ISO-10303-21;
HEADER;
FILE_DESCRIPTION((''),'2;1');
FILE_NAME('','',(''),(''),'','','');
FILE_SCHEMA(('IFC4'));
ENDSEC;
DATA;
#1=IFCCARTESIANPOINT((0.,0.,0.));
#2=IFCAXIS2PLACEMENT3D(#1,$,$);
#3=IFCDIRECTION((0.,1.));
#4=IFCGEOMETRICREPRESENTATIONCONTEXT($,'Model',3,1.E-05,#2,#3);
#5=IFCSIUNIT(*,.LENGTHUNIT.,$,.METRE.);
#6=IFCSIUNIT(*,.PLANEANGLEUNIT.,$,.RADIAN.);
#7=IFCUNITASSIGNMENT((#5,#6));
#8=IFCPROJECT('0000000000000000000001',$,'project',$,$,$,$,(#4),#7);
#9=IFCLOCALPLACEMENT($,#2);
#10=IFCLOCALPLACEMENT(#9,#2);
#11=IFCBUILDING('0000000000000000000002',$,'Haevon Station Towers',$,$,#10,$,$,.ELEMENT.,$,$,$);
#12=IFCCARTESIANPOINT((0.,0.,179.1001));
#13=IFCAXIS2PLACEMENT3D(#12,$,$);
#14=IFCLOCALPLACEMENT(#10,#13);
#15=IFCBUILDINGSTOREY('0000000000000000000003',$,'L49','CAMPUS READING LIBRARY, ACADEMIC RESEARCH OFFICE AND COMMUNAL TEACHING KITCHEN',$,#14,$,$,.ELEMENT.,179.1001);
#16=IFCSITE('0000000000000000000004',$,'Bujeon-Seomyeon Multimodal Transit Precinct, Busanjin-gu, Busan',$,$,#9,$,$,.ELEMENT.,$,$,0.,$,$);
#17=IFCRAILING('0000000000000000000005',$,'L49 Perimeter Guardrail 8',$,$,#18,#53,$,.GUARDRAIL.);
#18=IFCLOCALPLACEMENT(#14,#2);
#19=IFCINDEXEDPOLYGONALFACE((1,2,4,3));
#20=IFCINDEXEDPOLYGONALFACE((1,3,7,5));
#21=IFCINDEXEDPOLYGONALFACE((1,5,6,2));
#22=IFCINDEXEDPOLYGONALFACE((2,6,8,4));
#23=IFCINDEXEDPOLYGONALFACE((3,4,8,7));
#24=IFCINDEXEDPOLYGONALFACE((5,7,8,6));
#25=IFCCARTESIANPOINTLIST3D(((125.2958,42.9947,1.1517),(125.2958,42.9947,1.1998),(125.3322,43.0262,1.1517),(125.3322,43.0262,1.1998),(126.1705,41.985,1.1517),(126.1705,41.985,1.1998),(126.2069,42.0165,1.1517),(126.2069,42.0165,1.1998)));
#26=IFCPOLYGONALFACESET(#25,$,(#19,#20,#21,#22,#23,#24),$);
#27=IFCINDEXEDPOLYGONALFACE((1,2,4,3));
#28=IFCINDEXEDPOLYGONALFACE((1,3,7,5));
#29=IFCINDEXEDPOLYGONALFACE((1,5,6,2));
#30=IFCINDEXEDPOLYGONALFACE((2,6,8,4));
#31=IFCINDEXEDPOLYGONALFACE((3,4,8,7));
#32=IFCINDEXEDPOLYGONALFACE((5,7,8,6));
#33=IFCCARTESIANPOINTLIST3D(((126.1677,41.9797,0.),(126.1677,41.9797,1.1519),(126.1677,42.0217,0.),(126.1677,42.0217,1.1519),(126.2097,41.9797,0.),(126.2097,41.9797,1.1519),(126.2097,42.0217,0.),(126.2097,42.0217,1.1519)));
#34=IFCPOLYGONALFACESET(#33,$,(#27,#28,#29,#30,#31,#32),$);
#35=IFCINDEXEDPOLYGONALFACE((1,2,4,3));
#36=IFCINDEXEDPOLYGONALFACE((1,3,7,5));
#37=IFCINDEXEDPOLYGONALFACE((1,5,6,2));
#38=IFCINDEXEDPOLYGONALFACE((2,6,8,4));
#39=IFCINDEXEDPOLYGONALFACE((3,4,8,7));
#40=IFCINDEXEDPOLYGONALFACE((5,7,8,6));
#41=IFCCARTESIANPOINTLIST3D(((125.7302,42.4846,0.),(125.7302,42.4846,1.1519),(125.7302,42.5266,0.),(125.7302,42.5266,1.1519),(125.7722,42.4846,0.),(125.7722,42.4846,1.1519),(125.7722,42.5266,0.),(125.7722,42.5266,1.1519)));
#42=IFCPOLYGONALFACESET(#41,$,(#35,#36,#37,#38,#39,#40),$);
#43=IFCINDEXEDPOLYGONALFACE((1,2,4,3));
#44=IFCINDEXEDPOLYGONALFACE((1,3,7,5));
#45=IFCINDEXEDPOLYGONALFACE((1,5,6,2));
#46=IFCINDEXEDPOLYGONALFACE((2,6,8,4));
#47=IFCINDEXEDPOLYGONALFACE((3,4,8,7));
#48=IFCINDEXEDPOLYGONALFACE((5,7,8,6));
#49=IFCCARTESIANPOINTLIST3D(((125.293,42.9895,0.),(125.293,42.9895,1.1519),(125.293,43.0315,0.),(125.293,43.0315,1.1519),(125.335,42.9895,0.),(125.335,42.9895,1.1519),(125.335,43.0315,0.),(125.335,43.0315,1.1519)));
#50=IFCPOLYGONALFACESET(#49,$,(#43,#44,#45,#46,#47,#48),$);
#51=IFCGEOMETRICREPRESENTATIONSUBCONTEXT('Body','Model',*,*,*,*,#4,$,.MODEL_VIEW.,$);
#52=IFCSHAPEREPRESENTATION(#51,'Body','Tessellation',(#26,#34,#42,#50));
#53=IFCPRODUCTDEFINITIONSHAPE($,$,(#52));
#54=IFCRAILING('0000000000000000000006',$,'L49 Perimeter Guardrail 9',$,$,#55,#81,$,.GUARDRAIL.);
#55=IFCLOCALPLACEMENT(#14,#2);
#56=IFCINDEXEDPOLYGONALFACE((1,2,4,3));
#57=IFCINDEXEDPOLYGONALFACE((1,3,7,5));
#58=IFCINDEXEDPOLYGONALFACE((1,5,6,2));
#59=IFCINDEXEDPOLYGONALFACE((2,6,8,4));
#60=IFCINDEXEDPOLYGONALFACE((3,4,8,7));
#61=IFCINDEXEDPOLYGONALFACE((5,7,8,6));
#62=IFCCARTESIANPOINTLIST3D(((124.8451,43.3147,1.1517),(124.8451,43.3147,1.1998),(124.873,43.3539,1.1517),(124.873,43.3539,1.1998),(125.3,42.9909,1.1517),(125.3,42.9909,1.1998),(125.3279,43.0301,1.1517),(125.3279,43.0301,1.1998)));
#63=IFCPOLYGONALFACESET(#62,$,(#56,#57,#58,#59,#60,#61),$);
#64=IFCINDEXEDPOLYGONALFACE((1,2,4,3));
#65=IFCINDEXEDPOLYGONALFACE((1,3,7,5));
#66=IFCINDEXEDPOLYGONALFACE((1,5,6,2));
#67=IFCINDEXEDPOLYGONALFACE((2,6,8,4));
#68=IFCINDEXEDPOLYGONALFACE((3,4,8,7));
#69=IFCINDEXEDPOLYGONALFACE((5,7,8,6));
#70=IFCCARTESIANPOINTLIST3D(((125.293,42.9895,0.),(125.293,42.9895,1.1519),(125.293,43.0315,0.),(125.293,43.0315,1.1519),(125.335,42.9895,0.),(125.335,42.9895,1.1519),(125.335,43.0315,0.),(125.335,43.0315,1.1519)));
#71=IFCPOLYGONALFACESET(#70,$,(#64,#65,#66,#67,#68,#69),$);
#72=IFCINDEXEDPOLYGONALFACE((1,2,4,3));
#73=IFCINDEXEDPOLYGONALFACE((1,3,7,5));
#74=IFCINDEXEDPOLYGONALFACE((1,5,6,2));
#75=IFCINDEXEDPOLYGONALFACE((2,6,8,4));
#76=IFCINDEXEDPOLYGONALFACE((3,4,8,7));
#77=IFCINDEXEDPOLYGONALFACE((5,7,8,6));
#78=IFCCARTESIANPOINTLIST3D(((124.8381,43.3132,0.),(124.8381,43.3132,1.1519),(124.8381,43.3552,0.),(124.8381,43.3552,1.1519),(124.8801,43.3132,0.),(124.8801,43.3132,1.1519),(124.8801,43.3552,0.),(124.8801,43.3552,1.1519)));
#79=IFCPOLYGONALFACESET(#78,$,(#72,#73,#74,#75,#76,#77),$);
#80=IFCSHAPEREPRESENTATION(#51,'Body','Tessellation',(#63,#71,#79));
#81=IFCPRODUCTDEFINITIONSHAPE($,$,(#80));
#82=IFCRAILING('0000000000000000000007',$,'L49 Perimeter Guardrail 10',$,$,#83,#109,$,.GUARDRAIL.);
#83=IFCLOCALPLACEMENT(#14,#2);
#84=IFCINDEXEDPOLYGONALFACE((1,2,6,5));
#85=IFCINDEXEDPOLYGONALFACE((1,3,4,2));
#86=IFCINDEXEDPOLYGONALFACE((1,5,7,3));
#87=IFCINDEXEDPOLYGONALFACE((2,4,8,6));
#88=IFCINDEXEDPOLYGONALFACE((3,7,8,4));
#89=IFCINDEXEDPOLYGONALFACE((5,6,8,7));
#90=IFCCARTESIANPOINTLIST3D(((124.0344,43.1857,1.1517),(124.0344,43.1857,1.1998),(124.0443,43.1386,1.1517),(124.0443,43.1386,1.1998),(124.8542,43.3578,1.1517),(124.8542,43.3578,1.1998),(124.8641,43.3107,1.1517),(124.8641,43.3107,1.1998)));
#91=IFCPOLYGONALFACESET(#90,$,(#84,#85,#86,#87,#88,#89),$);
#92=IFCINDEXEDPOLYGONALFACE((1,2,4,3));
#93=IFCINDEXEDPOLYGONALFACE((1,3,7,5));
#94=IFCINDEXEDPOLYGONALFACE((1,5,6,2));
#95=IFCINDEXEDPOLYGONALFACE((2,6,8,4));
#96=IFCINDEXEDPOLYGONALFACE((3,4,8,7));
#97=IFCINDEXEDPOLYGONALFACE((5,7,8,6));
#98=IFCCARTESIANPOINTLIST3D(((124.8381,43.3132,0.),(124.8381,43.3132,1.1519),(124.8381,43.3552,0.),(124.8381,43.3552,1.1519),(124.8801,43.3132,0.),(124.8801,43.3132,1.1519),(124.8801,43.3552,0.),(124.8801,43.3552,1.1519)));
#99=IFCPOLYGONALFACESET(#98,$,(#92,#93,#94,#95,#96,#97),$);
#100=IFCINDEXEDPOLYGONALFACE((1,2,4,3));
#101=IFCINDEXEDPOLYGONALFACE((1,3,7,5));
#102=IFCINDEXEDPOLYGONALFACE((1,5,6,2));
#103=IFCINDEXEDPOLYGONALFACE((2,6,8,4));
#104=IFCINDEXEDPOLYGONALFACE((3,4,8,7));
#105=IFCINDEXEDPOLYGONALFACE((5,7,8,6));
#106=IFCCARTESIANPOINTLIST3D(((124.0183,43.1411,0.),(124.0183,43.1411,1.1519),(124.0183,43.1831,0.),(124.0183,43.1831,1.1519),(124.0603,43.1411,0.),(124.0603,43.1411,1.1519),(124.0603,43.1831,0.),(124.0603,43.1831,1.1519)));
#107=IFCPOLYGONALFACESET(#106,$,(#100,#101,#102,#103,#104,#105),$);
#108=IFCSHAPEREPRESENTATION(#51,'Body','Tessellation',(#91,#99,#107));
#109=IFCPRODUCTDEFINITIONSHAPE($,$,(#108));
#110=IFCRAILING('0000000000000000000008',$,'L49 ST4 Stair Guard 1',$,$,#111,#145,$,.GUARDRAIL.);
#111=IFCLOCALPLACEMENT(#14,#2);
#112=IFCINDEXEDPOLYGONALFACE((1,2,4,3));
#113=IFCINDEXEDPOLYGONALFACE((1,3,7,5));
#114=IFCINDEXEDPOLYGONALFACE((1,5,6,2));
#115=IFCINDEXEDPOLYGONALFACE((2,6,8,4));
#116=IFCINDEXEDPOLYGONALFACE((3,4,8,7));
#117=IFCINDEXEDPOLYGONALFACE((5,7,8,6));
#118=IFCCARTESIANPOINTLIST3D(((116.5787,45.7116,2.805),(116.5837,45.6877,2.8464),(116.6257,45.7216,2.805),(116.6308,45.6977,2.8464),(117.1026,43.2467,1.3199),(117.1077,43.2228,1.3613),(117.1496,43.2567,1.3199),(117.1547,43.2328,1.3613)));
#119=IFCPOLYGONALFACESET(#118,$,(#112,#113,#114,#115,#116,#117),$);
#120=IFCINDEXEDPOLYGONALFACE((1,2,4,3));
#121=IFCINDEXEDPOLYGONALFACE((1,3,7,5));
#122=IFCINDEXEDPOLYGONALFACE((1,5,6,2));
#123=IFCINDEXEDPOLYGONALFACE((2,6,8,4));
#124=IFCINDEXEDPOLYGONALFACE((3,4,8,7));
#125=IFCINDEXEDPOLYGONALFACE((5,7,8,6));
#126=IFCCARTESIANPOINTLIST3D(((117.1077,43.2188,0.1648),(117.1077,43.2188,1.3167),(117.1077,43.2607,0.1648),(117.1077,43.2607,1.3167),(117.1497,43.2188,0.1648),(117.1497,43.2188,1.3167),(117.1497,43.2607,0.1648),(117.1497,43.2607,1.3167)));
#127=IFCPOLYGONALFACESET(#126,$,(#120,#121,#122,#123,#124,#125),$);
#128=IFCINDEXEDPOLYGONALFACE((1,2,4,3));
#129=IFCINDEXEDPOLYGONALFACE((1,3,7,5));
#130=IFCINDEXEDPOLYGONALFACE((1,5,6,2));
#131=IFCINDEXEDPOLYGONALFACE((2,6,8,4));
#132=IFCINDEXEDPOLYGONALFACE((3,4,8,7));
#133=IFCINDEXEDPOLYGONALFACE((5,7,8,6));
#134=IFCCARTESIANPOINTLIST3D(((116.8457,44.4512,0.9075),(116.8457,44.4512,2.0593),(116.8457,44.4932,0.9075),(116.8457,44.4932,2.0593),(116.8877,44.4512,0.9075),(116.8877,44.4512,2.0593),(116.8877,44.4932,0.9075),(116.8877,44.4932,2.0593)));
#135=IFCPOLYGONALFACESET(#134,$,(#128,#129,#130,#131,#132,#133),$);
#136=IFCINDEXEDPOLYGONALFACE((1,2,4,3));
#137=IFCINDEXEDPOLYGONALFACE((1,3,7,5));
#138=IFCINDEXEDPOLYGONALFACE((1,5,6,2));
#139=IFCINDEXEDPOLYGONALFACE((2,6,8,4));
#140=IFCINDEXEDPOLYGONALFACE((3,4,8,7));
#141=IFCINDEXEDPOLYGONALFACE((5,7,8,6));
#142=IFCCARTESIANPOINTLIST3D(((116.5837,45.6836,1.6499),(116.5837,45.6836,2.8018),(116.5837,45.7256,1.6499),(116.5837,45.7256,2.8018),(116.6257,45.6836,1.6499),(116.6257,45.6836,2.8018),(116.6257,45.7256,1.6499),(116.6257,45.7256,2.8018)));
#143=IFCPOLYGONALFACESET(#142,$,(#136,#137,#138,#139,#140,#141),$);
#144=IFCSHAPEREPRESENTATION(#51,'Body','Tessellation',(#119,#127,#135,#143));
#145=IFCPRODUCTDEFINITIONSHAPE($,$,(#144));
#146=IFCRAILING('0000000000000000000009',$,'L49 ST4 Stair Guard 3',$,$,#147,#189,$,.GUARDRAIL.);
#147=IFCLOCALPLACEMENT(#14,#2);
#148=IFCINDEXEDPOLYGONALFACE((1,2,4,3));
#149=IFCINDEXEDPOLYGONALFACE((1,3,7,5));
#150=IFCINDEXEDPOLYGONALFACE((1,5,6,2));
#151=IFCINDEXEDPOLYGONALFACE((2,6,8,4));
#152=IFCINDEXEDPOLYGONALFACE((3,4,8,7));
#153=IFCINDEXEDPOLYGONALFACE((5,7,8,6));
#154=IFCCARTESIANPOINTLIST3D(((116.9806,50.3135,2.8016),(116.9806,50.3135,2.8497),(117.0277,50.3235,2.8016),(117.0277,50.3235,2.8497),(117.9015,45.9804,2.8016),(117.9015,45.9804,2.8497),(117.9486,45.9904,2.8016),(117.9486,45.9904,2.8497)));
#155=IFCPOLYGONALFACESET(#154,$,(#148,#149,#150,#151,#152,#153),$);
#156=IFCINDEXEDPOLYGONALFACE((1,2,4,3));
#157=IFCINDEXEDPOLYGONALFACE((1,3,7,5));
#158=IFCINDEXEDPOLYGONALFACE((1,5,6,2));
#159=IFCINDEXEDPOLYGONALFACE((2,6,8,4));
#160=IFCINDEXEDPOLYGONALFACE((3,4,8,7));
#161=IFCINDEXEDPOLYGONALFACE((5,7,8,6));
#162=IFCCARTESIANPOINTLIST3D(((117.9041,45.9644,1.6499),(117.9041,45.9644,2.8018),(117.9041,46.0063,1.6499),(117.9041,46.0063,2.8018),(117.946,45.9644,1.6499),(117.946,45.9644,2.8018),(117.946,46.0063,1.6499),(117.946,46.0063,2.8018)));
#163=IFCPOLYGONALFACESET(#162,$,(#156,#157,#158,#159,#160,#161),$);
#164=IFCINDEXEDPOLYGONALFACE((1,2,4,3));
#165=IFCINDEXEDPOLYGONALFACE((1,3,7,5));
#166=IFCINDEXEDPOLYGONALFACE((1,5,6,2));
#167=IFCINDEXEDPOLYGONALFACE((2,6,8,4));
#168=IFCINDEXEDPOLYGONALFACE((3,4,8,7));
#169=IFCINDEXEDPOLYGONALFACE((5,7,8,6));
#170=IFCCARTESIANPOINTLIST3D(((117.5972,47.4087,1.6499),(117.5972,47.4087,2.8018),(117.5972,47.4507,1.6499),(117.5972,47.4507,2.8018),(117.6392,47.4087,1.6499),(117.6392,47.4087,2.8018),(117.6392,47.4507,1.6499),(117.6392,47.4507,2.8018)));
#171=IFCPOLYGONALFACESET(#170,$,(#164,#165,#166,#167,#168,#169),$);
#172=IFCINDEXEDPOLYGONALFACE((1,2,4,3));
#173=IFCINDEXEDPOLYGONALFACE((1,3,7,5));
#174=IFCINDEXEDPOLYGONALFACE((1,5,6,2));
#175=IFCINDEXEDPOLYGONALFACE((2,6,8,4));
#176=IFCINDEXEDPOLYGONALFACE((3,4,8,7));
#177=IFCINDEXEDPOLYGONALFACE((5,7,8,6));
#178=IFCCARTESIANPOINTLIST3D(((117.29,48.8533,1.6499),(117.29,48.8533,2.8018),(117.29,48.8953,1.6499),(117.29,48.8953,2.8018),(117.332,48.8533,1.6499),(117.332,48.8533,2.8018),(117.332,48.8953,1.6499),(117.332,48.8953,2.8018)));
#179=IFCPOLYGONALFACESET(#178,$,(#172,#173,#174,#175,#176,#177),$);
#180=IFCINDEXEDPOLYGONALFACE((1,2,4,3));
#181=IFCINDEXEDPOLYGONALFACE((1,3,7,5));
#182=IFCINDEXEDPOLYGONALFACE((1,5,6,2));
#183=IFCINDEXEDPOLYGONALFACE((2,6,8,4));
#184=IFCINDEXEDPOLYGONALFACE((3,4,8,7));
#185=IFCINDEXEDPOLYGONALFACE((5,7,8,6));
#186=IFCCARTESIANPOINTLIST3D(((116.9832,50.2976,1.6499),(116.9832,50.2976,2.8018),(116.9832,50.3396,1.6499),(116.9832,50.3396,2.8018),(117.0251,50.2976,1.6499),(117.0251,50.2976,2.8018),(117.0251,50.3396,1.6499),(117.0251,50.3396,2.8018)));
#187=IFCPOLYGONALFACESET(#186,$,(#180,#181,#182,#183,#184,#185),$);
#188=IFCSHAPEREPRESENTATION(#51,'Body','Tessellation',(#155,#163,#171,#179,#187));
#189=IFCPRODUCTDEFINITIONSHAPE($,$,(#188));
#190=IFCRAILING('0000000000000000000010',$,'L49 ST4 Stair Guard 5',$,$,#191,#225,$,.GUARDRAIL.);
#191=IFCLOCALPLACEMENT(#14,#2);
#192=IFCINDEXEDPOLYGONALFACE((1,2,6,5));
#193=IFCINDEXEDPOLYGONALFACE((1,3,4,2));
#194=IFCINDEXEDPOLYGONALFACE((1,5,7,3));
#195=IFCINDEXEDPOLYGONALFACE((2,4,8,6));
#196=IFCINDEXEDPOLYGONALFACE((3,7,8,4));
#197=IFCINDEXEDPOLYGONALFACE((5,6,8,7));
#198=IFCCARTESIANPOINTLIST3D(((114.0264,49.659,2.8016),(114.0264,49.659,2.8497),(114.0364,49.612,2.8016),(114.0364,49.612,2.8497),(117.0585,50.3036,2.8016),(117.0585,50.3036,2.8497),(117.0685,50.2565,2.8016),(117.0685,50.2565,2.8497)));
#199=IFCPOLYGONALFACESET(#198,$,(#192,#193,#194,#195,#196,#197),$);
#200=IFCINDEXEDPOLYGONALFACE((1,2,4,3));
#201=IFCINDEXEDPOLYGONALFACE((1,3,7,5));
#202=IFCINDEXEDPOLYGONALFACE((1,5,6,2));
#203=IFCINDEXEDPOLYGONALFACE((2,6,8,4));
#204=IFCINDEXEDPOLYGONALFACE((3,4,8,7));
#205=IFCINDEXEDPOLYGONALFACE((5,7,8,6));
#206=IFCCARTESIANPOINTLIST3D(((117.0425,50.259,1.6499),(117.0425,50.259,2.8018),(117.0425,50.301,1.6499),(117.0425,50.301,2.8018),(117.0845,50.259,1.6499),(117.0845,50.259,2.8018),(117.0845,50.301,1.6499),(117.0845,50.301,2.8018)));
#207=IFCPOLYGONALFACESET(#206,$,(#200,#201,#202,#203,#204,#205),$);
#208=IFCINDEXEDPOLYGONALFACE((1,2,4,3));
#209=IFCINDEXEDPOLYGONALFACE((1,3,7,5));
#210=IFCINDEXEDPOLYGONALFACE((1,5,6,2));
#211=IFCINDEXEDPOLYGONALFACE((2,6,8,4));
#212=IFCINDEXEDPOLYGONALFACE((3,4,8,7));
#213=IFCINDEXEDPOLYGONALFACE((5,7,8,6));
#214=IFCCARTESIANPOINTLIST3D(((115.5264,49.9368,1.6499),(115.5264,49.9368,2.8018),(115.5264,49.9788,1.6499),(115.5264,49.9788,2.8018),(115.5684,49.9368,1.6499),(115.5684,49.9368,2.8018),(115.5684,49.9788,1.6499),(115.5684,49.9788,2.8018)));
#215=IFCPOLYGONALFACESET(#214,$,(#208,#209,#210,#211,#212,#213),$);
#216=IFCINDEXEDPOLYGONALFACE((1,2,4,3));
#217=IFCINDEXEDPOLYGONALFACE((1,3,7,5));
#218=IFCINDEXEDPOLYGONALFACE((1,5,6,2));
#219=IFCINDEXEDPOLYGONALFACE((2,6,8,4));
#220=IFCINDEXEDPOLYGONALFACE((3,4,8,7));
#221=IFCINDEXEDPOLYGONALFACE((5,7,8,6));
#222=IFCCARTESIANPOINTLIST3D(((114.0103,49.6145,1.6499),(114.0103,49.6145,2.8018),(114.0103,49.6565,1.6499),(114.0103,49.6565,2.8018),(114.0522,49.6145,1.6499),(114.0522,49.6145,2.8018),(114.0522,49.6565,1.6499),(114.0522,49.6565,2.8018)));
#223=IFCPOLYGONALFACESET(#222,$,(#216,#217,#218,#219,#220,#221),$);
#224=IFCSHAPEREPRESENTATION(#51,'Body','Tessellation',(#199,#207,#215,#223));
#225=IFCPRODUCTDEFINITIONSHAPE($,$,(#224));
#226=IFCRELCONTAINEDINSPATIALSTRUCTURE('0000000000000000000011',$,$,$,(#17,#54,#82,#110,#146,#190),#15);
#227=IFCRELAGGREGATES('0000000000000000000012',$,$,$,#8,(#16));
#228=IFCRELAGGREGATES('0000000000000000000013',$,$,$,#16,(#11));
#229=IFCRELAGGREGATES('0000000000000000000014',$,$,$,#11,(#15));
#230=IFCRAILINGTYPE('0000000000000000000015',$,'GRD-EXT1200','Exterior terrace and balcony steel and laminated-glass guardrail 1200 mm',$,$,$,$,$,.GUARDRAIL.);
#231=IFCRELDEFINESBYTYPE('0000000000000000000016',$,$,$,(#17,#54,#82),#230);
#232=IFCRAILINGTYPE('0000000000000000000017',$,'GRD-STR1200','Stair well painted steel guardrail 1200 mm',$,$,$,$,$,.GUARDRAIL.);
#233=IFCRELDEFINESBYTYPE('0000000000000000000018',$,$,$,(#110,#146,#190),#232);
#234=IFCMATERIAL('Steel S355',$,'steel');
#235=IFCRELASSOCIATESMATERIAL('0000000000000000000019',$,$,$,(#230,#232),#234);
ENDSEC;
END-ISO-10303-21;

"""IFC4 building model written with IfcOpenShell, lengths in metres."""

from ifc_helpers import new_model, si_unit, direction, frame, origin, origin_2d, place, context, subcontext, project, spatial, rectangle, extrude, material, type_object, element, save


model = new_model("IFC4")

# Units and contexts
model_context = context("Model", 3, precision=1e-05, world=origin(), true_north=direction((0.0, 1.0)))
body_context = subcontext(model_context, "Body", "Model", "MODEL_VIEW")
ifc_project = project(units=[si_unit("LENGTHUNIT", "METRE"), si_unit("PLANEANGLEUNIT", "RADIAN")], contexts=[model_context])

# Site, building, storey
site_placement = place(None, origin())
site = spatial("IfcSite", under=ifc_project, at=site_placement, Name="Bujeon-Seomyeon Multimodal Transit Precinct, Busanjin-gu, Busan", CompositionType="ELEMENT", RefElevation=0.0)
building_placement = place(site_placement, origin())
building = spatial("IfcBuilding", under=site, at=building_placement, Name="Haevon Station Towers", CompositionType="ELEMENT")
storey_placement = place(building_placement, frame((0.0, 0.0, 179.1001)))
storey = spatial("IfcBuildingStorey", under=building, at=storey_placement, Name="L49", Description="CAMPUS READING LIBRARY, ACADEMIC RESEARCH OFFICE AND COMMUNAL TEACHING KITCHEN", CompositionType="ELEMENT", Elevation=179.1001)

# Shared definitions
ifc_material_1 = material(Name="Steel S355", Category="steel")

# Railings
railing_type_1 = type_object("IfcRailingType", Name="GRD-EXT1200", Description="Exterior terrace and balcony steel and laminated-glass guardrail 1200 mm", PredefinedType="GUARDRAIL", material=ifc_material_1)
railing_1_placement = place(storey_placement, frame((126.1887, 42.0007, 0.0)))
element("IfcRailing", 1, at=railing_1_placement, inside=storey, type_object=railing_type_1, Name="L49 Perimeter Guardrail 8", PredefinedType="GUARDRAIL", context=body_context, shape_type="SweptSolid", body=[
    extrude(rectangle(XDim=0.0481, YDim=0.0481, at=origin_2d()), frame((0.0, 0.0, 1.1758), z_axis=(-0.654771, 0.755828, 0.0), x_axis=(-0.755828, -0.654771, 0.0)), (0.0, 0.0, 1.0), 1.3359),
    extrude(rectangle(XDim=0.042, YDim=0.042, at=origin_2d()), origin(), (0.0, 0.0, 1.0), 1.1519),
    extrude(rectangle(XDim=0.042, YDim=0.042, at=origin_2d()), frame((-0.4375, 0.5049, 0.0)), (0.0, 0.0, 1.0), 1.1519),
    extrude(rectangle(XDim=0.042, YDim=0.042, at=origin_2d()), frame((-0.8748, 1.0098, 0.0)), (0.0, 0.0, 1.0), 1.1519),
])
railing_2_placement = place(storey_placement, frame((125.314, 43.0105, 0.0)))
element("IfcRailing", 2, at=railing_2_placement, inside=storey, type_object=railing_type_1, Name="L49 Perimeter Guardrail 9", PredefinedType="GUARDRAIL", context=body_context, shape_type="SweptSolid", body=[
    extrude(rectangle(XDim=0.0481, YDim=0.0481, at=origin_2d()), frame((0.0, 0.0, 1.1758), z_axis=(-0.814707, 0.579872, 0.0), x_axis=(-0.579872, -0.814707, 0.0)), (0.0, 0.0, 1.0), 0.5583),
    extrude(rectangle(XDim=0.042, YDim=0.042, at=origin_2d()), origin(), (0.0, 0.0, 1.0), 1.1519),
    extrude(rectangle(XDim=0.042, YDim=0.042, at=origin_2d()), frame((-0.4548, 0.3237, 0.0)), (0.0, 0.0, 1.0), 1.1519),
])
railing_3_placement = place(storey_placement, frame((124.8591, 43.3342, 0.0)))
element("IfcRailing", 3, at=railing_3_placement, inside=storey, type_object=railing_type_1, Name="L49 Perimeter Guardrail 10", PredefinedType="GUARDRAIL", context=body_context, shape_type="SweptSolid", body=[
    extrude(rectangle(XDim=0.0481, YDim=0.0481, at=origin_2d()), frame((0.0, 0.0, 1.1758), z_axis=(-0.978664, -0.205467, 0.0), x_axis=(0.205467, -0.978664, 0.0)), (0.0, 0.0, 1.0), 0.8376),
    extrude(rectangle(XDim=0.042, YDim=0.042, at=origin_2d()), origin(), (0.0, 0.0, 1.0), 1.1519),
    extrude(rectangle(XDim=0.042, YDim=0.042, at=origin_2d()), frame((-0.8198, -0.1721, 0.0)), (0.0, 0.0, 1.0), 1.1519),
])
railing_type_2 = type_object("IfcRailingType", Name="GRD-STR1200", Description="Stair well painted steel guardrail 1200 mm", PredefinedType="GUARDRAIL", material=ifc_material_1)
railing_4_placement = place(storey_placement, frame((117.1287, 43.2397, 0.1648)))
element("IfcRailing", 4, at=railing_4_placement, inside=storey, type_object=railing_type_2, Name="L49 ST4 Stair Guard 1", PredefinedType="GUARDRAIL", context=body_context, shape_type="SweptSolid", body=[
    extrude(rectangle(XDim=0.0481, YDim=0.0481, at=origin_2d()), frame((0.0, 0.0, 1.1758), z_axis=(-0.179121, 0.842688, 0.507733), x_axis=(-0.978147, -0.207914, 0.0)), (0.0, 0.0, 1.0), 2.925),
    extrude(rectangle(XDim=0.042, YDim=0.042, at=origin_2d()), origin(), (0.0, 0.0, 1.0), 1.1519),
    extrude(rectangle(XDim=0.042, YDim=0.042, at=origin_2d()), frame((-0.262, 1.2324, 0.7427)), (0.0, 0.0, 1.0), 1.1519),
    extrude(rectangle(XDim=0.042, YDim=0.042, at=origin_2d()), frame((-0.5239, 2.4648, 1.4851)), (0.0, 0.0, 1.0), 1.1519),
])
railing_5_placement = place(storey_placement, frame((117.925, 45.9854, 1.6499)))
element("IfcRailing", 5, at=railing_5_placement, inside=storey, type_object=railing_type_2, Name="L49 ST4 Stair Guard 3", PredefinedType="GUARDRAIL", context=body_context, shape_type="SweptSolid", body=[
    extrude(rectangle(XDim=0.0481, YDim=0.0481, at=origin_2d()), frame((0.0, 0.0, 1.1758), z_axis=(-0.207877, 0.978155, 0.0), x_axis=(-0.978155, -0.207877, 0.0)), (0.0, 0.0, 1.0), 4.4299),
    extrude(rectangle(XDim=0.042, YDim=0.042, at=origin_2d()), origin(), (0.0, 0.0, 1.0), 1.1519),
    extrude(rectangle(XDim=0.042, YDim=0.042, at=origin_2d()), frame((-0.3069, 1.4443, 0.0)), (0.0, 0.0, 1.0), 1.1519),
    extrude(rectangle(XDim=0.042, YDim=0.042, at=origin_2d()), frame((-0.614, 2.8889, 0.0)), (0.0, 0.0, 1.0), 1.1519),
    extrude(rectangle(XDim=0.042, YDim=0.042, at=origin_2d()), frame((-0.9209, 4.3333, 0.0)), (0.0, 0.0, 1.0), 1.1519),
])
railing_6_placement = place(storey_placement, frame((117.0635, 50.28, 1.6499)))
element("IfcRailing", 6, at=railing_6_placement, inside=storey, type_object=railing_type_2, Name="L49 ST4 Stair Guard 5", PredefinedType="GUARDRAIL", context=body_context, shape_type="SweptSolid", body=[
    extrude(rectangle(XDim=0.0481, YDim=0.0481, at=origin_2d()), frame((0.0, 0.0, 1.1758), z_axis=(-0.978147, -0.207915, 0.0), x_axis=(0.207915, -0.978147, 0.0)), (0.0, 0.0, 1.0), 3.0999),
    extrude(rectangle(XDim=0.042, YDim=0.042, at=origin_2d()), origin(), (0.0, 0.0, 1.0), 1.1519),
    extrude(rectangle(XDim=0.042, YDim=0.042, at=origin_2d()), frame((-1.5161, -0.3223, 0.0)), (0.0, 0.0, 1.0), 1.1519),
    extrude(rectangle(XDim=0.042, YDim=0.042, at=origin_2d()), frame((-3.0322, -0.6445, 0.0)), (0.0, 0.0, 1.0), 1.1519),
])

save(model, "model.ifc")
